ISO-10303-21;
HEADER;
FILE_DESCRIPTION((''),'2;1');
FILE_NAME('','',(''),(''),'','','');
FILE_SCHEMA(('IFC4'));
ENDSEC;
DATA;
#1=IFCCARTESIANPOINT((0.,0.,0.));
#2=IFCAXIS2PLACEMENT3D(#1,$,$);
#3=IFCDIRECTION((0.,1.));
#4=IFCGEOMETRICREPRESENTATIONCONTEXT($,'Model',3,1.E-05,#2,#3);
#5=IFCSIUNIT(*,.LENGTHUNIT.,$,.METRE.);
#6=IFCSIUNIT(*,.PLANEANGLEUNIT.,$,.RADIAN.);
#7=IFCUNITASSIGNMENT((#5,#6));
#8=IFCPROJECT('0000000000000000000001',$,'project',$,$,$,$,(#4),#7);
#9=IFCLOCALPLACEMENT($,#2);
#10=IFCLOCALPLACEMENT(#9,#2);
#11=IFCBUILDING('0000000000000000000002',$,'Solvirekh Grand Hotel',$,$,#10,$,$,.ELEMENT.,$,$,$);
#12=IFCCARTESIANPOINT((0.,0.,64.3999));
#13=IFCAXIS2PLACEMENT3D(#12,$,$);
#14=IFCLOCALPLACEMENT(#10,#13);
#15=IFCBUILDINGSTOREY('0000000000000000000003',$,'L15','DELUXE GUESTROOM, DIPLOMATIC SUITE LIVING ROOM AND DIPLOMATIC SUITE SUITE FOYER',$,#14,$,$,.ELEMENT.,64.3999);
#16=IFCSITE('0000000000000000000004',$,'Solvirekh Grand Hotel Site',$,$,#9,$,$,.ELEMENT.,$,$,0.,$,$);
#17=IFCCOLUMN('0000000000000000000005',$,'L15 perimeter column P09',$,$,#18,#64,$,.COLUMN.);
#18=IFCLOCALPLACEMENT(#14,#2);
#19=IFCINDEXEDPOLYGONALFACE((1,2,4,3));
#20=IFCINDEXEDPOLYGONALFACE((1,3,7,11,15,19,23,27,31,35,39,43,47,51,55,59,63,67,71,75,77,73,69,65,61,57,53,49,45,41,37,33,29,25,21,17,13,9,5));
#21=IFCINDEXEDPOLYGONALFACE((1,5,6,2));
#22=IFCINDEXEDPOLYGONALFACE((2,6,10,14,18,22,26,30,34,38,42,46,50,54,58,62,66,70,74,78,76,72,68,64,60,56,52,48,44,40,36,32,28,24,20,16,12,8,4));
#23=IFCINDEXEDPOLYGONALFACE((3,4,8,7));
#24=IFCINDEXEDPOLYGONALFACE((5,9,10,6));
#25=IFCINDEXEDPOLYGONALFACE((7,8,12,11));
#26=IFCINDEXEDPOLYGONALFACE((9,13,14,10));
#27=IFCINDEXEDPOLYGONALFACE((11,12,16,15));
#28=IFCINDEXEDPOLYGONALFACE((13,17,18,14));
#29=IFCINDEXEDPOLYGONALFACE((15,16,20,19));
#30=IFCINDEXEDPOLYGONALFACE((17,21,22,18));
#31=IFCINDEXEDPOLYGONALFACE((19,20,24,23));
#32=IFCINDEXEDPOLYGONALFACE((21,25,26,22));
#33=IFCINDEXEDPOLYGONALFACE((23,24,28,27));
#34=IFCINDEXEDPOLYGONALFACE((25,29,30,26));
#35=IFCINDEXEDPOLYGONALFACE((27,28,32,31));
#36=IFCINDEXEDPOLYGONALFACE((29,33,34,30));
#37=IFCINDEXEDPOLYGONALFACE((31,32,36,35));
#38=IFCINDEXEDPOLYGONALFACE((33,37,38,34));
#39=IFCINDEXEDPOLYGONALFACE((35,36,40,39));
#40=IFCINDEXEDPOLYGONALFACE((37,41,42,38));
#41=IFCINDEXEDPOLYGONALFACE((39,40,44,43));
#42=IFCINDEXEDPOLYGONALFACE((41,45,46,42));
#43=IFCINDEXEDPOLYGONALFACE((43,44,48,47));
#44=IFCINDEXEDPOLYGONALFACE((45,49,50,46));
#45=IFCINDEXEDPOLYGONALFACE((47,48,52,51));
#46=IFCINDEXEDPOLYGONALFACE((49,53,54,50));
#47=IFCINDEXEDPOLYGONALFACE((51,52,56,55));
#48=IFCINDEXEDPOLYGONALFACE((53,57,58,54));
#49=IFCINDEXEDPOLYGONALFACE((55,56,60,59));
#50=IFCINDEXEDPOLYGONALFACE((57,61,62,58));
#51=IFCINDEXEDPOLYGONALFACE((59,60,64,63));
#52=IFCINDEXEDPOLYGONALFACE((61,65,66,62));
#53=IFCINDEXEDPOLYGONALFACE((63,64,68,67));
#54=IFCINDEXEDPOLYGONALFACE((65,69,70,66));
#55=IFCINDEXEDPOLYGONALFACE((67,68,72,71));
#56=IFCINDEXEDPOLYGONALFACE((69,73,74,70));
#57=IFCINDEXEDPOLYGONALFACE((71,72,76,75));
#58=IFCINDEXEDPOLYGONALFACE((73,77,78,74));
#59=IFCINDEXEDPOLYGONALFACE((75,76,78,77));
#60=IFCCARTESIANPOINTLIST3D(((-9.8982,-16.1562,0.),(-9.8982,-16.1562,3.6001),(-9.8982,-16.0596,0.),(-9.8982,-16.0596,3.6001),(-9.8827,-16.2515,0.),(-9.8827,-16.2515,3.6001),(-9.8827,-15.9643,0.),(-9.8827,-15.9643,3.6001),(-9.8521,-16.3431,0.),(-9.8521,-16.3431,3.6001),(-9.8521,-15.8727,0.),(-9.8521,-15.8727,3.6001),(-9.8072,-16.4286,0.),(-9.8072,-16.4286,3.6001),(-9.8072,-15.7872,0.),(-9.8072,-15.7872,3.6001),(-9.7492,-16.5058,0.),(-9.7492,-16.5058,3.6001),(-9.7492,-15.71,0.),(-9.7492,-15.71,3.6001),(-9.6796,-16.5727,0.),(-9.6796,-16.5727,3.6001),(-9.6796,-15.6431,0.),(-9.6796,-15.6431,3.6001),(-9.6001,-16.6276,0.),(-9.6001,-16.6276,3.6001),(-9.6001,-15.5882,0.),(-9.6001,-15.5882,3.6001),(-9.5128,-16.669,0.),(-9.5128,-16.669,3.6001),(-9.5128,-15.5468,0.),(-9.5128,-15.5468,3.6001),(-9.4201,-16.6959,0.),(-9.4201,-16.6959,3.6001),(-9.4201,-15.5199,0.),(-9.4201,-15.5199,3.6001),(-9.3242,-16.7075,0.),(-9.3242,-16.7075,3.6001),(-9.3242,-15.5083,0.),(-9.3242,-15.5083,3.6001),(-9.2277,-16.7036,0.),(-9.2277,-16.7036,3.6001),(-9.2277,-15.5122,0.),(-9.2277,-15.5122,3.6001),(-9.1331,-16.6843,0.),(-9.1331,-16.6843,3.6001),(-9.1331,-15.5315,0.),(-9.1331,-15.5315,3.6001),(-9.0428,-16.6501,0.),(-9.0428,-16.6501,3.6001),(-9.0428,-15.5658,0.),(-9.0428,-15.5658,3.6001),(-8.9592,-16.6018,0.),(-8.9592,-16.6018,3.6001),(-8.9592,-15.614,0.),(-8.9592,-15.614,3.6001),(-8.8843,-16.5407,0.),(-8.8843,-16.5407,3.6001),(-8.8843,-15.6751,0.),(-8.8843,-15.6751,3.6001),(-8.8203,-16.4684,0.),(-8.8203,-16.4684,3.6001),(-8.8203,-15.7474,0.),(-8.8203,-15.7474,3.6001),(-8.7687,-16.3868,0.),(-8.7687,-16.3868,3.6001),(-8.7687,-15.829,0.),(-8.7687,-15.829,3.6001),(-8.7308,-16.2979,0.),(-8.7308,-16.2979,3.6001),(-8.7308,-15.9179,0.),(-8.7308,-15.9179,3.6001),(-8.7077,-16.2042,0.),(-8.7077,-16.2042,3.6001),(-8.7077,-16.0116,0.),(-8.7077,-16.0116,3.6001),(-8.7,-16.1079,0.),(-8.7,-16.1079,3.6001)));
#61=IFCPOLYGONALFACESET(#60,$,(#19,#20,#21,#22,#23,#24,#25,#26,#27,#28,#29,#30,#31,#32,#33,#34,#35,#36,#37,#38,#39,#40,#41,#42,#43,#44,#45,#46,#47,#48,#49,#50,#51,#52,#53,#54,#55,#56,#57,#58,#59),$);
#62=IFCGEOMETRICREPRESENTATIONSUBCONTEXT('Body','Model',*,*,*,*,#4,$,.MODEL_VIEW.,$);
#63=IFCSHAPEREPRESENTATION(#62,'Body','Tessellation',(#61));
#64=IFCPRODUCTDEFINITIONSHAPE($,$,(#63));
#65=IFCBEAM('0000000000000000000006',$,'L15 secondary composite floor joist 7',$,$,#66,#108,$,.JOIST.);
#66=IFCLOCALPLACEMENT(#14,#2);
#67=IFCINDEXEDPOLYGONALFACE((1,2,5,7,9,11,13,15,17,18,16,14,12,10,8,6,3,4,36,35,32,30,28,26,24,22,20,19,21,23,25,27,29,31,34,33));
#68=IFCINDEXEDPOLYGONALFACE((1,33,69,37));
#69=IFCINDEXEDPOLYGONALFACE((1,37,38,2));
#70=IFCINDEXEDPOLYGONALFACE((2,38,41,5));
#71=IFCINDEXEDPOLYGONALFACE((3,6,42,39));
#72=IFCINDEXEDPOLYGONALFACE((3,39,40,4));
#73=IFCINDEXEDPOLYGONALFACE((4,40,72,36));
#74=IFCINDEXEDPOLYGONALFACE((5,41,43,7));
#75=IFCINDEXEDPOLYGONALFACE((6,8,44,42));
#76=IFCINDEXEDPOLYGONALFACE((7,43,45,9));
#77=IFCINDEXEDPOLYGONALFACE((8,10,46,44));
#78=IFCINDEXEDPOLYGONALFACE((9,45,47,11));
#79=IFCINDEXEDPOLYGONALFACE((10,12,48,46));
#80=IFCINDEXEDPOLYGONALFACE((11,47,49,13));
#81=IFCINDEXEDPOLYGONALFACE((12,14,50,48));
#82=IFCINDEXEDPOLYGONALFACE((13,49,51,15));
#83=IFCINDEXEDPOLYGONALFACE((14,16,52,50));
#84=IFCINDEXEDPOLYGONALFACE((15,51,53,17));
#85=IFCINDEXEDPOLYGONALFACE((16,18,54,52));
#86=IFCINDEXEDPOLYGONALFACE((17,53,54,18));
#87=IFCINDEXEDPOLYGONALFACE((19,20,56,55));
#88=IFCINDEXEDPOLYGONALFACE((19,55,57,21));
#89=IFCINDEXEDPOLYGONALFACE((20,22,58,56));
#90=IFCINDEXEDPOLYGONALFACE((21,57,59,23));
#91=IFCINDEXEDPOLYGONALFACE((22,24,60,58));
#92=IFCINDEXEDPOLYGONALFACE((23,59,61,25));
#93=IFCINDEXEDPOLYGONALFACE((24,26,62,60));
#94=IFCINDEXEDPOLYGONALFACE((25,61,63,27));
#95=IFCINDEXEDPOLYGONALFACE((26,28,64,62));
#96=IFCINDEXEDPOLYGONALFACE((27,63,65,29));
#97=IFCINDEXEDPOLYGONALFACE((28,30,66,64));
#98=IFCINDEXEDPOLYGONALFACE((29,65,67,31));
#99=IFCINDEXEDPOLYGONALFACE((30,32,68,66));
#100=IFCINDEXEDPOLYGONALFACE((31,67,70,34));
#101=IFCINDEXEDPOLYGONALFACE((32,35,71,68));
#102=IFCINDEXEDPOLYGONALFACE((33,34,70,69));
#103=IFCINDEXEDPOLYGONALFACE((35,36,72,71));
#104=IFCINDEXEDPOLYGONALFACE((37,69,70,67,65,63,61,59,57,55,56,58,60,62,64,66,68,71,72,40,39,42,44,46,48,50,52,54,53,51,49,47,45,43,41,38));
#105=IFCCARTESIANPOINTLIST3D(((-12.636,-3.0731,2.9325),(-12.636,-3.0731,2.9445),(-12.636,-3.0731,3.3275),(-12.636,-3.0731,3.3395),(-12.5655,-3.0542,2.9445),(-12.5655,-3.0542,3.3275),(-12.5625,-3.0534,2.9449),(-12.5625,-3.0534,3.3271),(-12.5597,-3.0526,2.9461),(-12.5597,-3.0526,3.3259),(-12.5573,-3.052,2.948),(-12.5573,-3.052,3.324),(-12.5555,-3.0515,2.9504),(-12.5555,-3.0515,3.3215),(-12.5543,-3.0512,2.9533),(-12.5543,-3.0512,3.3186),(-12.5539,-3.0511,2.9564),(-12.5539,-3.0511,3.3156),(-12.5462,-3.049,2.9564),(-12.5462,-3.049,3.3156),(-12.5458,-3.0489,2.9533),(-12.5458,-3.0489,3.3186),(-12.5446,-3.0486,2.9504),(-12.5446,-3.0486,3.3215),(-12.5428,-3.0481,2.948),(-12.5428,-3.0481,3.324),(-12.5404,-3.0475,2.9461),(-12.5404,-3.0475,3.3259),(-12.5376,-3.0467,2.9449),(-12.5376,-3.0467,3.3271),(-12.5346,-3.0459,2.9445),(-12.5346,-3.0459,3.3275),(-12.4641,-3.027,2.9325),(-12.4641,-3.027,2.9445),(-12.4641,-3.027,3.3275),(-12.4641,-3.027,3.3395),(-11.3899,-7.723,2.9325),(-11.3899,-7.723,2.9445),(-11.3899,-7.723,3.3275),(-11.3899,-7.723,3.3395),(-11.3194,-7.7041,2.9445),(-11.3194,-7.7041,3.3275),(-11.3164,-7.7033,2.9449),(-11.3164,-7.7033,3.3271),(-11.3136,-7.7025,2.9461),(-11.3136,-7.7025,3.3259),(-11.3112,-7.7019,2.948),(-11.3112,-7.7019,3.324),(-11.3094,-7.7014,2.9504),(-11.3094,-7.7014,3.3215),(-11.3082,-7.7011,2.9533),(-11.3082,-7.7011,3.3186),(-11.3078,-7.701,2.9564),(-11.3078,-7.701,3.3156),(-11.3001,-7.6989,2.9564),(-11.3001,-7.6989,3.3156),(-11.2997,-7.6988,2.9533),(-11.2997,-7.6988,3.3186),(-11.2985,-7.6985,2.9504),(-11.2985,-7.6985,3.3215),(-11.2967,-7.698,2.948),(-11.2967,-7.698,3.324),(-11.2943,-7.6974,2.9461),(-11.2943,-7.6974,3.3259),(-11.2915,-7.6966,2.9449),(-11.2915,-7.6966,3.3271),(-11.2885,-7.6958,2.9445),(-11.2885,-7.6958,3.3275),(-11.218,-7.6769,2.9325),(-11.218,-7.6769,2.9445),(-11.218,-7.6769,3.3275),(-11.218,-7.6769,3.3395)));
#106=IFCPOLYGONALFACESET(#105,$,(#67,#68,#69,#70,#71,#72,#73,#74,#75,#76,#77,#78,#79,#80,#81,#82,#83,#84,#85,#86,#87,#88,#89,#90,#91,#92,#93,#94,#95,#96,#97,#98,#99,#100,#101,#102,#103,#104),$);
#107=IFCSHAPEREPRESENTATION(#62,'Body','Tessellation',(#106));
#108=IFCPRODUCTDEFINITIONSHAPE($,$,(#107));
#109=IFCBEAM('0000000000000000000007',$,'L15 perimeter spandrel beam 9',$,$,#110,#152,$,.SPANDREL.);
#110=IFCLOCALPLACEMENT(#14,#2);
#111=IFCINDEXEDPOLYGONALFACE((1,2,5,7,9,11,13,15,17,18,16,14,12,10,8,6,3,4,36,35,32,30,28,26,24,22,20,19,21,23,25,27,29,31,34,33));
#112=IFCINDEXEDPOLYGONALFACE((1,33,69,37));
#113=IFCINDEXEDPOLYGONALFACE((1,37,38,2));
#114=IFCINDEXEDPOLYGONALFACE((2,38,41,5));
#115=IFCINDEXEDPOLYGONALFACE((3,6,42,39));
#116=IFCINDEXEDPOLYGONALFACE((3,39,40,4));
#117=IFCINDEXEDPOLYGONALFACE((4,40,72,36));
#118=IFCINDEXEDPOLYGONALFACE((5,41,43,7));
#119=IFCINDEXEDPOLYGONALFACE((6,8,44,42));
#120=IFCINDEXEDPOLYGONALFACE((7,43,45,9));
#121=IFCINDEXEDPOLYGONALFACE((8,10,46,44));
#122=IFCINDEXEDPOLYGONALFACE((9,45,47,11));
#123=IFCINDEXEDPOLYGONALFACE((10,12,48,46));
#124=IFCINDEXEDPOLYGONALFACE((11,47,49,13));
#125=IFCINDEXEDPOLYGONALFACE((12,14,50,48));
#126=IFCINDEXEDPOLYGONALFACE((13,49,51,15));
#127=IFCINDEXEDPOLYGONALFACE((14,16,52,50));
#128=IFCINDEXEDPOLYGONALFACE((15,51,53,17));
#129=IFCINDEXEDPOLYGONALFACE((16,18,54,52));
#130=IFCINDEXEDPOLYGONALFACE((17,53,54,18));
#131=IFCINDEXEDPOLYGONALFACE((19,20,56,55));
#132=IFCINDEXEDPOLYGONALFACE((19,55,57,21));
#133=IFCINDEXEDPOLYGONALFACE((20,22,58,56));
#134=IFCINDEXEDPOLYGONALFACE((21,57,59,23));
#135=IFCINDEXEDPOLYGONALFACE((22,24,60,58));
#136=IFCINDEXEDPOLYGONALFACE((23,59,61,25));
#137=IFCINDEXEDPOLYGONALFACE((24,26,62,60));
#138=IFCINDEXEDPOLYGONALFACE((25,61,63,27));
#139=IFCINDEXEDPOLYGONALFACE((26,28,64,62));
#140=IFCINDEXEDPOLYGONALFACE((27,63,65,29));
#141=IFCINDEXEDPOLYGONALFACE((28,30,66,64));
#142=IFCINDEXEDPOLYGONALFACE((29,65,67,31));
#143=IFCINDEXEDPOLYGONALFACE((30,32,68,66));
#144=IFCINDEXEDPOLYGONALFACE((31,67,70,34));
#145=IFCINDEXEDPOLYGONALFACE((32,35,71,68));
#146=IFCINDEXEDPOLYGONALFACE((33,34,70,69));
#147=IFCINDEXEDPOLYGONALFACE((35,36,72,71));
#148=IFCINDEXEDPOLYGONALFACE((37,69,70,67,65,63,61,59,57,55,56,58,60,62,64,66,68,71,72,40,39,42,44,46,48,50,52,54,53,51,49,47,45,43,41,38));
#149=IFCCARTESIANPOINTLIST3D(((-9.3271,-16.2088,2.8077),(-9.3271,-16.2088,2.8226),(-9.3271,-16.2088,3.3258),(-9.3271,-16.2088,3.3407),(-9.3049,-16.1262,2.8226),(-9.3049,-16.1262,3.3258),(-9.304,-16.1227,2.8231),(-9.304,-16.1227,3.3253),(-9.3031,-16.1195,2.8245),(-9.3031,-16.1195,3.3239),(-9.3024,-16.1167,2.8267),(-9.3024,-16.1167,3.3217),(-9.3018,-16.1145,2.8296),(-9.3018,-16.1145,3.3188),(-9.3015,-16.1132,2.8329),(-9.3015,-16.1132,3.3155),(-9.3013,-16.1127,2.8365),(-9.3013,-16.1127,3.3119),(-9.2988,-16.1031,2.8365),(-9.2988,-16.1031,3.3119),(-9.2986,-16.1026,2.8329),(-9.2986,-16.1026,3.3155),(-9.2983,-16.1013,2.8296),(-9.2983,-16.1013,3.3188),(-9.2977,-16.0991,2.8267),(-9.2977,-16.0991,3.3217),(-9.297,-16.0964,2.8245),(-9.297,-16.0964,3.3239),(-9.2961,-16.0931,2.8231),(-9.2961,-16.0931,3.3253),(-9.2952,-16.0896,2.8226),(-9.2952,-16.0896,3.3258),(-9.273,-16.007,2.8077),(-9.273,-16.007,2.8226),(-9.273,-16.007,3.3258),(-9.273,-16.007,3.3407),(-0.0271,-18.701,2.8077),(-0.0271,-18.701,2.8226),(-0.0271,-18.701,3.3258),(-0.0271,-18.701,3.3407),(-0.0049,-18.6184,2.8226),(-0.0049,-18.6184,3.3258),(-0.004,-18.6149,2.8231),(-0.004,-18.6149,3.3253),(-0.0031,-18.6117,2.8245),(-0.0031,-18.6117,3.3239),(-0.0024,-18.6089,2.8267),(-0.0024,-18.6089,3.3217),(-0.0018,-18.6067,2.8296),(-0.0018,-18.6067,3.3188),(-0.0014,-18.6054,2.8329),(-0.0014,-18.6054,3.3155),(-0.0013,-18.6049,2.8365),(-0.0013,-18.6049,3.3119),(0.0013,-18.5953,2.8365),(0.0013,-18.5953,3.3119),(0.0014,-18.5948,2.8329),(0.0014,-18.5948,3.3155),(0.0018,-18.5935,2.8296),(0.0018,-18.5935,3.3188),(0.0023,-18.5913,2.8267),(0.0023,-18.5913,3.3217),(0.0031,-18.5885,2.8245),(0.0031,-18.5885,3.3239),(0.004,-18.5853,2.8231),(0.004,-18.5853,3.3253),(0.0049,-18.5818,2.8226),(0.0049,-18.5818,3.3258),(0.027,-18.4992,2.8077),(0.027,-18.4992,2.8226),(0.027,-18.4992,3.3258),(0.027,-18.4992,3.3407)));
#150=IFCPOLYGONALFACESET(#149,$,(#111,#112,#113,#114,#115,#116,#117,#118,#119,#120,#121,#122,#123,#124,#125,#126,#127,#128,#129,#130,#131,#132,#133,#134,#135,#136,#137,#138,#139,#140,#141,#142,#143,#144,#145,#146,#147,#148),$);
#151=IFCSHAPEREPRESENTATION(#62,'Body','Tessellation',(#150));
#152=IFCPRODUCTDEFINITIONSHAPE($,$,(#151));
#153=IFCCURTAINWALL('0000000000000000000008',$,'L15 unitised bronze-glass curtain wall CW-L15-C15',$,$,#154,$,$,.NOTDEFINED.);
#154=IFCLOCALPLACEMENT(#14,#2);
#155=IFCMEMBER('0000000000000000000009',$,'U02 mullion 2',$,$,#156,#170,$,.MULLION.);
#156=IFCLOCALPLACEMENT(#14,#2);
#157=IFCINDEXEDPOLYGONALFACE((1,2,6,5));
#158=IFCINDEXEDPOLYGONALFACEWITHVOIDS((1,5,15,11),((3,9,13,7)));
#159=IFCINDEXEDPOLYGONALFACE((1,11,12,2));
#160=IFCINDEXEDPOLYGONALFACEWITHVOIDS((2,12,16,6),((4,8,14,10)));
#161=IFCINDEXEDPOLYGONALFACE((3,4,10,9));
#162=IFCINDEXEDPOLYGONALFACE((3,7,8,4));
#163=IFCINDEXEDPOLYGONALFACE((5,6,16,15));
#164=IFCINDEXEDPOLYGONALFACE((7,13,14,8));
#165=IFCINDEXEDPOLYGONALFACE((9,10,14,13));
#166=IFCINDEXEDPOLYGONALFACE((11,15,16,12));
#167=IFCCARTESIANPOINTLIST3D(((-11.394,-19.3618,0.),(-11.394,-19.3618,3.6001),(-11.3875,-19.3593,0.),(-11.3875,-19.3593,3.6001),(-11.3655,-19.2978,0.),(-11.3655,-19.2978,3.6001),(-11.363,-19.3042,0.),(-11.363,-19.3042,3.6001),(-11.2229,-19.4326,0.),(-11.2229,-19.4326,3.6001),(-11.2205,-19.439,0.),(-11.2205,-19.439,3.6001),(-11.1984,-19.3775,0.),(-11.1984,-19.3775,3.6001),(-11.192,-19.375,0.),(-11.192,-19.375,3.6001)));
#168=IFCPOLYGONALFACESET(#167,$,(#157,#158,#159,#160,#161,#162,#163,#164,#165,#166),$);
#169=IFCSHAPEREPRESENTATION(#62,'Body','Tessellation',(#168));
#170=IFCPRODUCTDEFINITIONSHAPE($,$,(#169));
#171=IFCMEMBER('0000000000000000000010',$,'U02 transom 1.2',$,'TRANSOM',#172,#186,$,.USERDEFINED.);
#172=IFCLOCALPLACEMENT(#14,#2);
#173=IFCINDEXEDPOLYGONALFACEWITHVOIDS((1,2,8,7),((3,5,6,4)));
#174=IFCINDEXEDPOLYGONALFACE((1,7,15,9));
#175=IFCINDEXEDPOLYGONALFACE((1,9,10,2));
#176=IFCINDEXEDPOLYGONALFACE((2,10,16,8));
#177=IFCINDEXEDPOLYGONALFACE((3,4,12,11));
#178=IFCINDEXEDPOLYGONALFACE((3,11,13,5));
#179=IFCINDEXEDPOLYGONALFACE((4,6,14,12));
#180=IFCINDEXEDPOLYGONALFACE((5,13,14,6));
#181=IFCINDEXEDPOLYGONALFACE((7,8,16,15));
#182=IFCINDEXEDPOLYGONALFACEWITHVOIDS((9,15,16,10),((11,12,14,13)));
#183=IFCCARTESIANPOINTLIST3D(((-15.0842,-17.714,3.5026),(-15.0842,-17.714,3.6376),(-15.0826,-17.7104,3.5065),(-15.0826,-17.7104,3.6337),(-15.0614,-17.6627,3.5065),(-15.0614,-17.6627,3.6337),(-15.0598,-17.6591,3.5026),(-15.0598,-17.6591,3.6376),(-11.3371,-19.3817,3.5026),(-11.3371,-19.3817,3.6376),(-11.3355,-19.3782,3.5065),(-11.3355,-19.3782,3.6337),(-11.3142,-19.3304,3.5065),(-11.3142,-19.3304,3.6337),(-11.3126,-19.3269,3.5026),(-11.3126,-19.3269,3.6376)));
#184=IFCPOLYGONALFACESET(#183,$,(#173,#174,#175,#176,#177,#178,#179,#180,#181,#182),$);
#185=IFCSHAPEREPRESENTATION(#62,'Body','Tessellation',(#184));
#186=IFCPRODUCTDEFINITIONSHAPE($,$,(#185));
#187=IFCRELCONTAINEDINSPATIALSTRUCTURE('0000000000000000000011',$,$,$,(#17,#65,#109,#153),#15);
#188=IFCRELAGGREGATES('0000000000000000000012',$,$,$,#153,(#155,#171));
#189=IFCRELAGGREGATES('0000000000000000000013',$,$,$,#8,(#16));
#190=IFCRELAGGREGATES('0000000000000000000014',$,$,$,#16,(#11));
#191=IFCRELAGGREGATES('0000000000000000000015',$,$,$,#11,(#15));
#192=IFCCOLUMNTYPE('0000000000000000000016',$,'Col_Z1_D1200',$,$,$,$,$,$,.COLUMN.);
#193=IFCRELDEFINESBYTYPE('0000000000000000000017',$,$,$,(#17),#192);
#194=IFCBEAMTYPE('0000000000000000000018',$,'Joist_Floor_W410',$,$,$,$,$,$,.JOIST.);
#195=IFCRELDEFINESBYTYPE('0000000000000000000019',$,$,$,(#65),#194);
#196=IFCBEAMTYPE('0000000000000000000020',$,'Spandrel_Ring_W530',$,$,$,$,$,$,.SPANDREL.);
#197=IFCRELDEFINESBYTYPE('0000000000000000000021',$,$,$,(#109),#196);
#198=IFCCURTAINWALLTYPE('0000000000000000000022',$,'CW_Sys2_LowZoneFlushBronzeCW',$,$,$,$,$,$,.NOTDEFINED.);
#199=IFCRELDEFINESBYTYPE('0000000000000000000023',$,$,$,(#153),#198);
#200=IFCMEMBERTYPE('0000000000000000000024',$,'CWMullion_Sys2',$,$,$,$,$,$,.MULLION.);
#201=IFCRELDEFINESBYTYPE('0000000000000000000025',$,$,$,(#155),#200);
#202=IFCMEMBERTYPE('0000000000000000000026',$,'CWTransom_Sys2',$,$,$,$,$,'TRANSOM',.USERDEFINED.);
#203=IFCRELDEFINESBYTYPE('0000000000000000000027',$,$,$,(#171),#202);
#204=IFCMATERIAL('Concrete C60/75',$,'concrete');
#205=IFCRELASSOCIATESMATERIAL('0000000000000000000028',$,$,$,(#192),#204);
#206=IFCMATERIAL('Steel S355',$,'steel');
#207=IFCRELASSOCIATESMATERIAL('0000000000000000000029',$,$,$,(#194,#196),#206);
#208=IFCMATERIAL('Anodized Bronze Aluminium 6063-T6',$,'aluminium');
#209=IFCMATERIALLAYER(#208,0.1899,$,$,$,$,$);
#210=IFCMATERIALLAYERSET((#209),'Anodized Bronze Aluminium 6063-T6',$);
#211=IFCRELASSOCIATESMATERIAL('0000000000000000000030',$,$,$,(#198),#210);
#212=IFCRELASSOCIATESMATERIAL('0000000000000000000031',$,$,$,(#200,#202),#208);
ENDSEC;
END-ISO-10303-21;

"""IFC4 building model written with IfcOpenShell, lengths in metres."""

from ifc_helpers import new_model, si_unit, direction, frame, origin, origin_2d, place, context, subcontext, project, spatial, hollow_rectangle, circle, i_section, extrude, source, transform, mapped, material, layer, layer_set, material_profile, profile_set, type_object, element, aggregate, save


model = new_model("IFC4")

# Units and contexts
model_context = context("Model", 3, precision=1e-05, world=origin(), true_north=direction((0.0, 1.0)))
body_context = subcontext(model_context, "Body", "Model", "MODEL_VIEW")
ifc_project = project(units=[si_unit("LENGTHUNIT", "METRE"), si_unit("PLANEANGLEUNIT", "RADIAN")], contexts=[model_context])

# Site, building, storey
site_placement = place(None, origin())
site = spatial("IfcSite", under=ifc_project, at=site_placement, Name="Solvirekh Grand Hotel Site", CompositionType="ELEMENT", RefElevation=0.0)
building_placement = place(site_placement, origin())
building = spatial("IfcBuilding", under=site, at=building_placement, Name="Solvirekh Grand Hotel", CompositionType="ELEMENT")
storey_placement = place(building_placement, frame((0.0, 0.0, 64.3999)))
storey = spatial("IfcBuildingStorey", under=building, at=storey_placement, Name="L15", Description="DELUXE GUESTROOM, DIPLOMATIC SUITE LIVING ROOM AND DIPLOMATIC SUITE SUITE FOYER", CompositionType="ELEMENT", Elevation=64.3999)

# Column
ifc_material_1 = material(Name="Concrete C60/75", Category="concrete")
ifc_material_profile_1 = material_profile(ifc_material_1, circle(Radius=0.6001, at=origin_2d()), Name="RC CIRC D1200")
ifc_profile_set_1 = profile_set([ifc_material_profile_1], Name="Concrete C60/75")
column_type = type_object("IfcColumnType", Name="Col_Z1_D1200", PredefinedType="COLUMN", material=ifc_profile_set_1)
column_placement = place(storey_placement, frame((-9.3, -16.1079, 0.0), z_axis=(0.0, 0.0, 1.0), x_axis=(1.0, 0.0, 0.0)))
element("IfcColumn", 1, at=column_placement, inside=storey, type_object=column_type, Name="L15 perimeter column P09", PredefinedType="COLUMN", context=body_context, shape_type="SweptSolid", body=[
    extrude(circle(Radius=0.6001, at=origin_2d()), origin(), (0.0, 0.0, 1.0), 3.6001),
])

# Beams
ifc_material_2 = material(Name="Steel S355", Category="steel")
ifc_material_profile_2 = material_profile(ifc_material_2, i_section(OverallWidth=0.178, OverallDepth=0.407, WebThickness=0.0081, FlangeThickness=0.012, FilletRadius=0.012, at=origin_2d()), Name="W410X60")
ifc_profile_set_2 = profile_set([ifc_material_profile_2], Name="Steel S355")
beam_type_1 = type_object("IfcBeamType", Name="Joist_Floor_W410", PredefinedType="JOIST", material=ifc_profile_set_2)
beam_1_placement = place(storey_placement, frame((-12.55, -3.05, 3.136), z_axis=(0.258849, -0.965918, 0.0), x_axis=(0.965918, 0.258849, 0.0)))
element("IfcBeam", 2, at=beam_1_placement, inside=storey, type_object=beam_type_1, Name="L15 secondary composite floor joist 7", PredefinedType="JOIST", context=body_context, shape_type="SweptSolid", body=[
    extrude(i_section(OverallWidth=0.178, OverallDepth=0.407, WebThickness=0.0081, FlangeThickness=0.012, FilletRadius=0.012, at=origin_2d()), origin(), (0.0, 0.0, 1.0), 4.814),
])
ifc_material_profile_3 = material_profile(ifc_material_2, i_section(OverallWidth=0.209, OverallDepth=0.533, WebThickness=0.01, FlangeThickness=0.0149, FilletRadius=0.0139, at=origin_2d()), Name="W530X92")
ifc_profile_set_3 = profile_set([ifc_material_profile_3], Name="Steel S355")
beam_type_2 = type_object("IfcBeamType", Name="Spandrel_Ring_W530", PredefinedType="SPANDREL", material=ifc_profile_set_3)
beam_2_placement = place(storey_placement, frame((-9.3, -16.1079, 3.0742), z_axis=(0.965919, -0.258843, 0.0), x_axis=(0.258843, 0.965919, 0.0)))
element("IfcBeam", 3, at=beam_2_placement, inside=storey, type_object=beam_type_2, Name="L15 perimeter spandrel beam 9", PredefinedType="SPANDREL", context=body_context, shape_type="SweptSolid", body=[
    extrude(i_section(OverallWidth=0.209, OverallDepth=0.533, WebThickness=0.01, FlangeThickness=0.0149, FilletRadius=0.0139, at=origin_2d()), origin(), (0.0, 0.0, 1.0), 9.6282),
])

# Curtain wall, members
ifc_material_3 = material(Name="Anodized Bronze Aluminium 6063-T6", Category="aluminium")
ifc_layer_1 = layer(ifc_material_3, 0.1899)
ifc_layer_set_1 = layer_set([ifc_layer_1], Name="Anodized Bronze Aluminium 6063-T6")
curtain_wall_type = type_object("IfcCurtainWallType", Name="CW_Sys2_LowZoneFlushBronzeCW", PredefinedType="NOTDEFINED", material=ifc_layer_set_1)
curtain_wall_placement = place(storey_placement, origin())
curtain_wall = element("IfcCurtainWall", 4, at=curtain_wall_placement, inside=storey, type_object=curtain_wall_type, Name="L15 unitised bronze-glass curtain wall CW-L15-C15", PredefinedType="NOTDEFINED")
ifc_material_profile_4 = material_profile(ifc_material_3, hollow_rectangle(XDim=0.0701, YDim=0.1899, WallThickness=0.0049, at=origin_2d()), Name="ALU RHS 190X70X5")
ifc_profile_set_4 = profile_set([ifc_material_profile_4], Name="Anodized Bronze Aluminium 6063-T6")
member_type_1 = type_object("IfcMemberType", Name="CWMullion_Sys2", PredefinedType="MULLION", material=ifc_profile_set_4)
shared_shape_1 = source(origin(), body_context, "Body", "SweptSolid", [
    extrude(hollow_rectangle(XDim=0.0701, YDim=0.1899, WallThickness=0.0049, at=origin_2d()), origin(), (0.0, 0.0, 1.0), 3.6001),
])
member_1_placement = place(storey_placement, frame((-11.293, -19.3684, 0.0), z_axis=(0.0, 0.0, 1.0), x_axis=(0.406635, 0.913591, 0.0)))
member_1 = element("IfcMember", 5, at=member_1_placement, type_object=member_type_1, Name="U02 mullion 2", PredefinedType="MULLION", context=body_context, shape_type="MappedRepresentation", body=[
    mapped(shared_shape_1, transform((0.0, 0.0, 0.0), x_axis=(1.0, 0.0, 0.0), y_axis=(0.0, 1.0, 0.0), z_axis=(0.0, 0.0, 1.0), scale=1.0)),
])
ifc_material_profile_5 = material_profile(ifc_material_3, hollow_rectangle(XDim=0.0601, YDim=0.135, WallThickness=0.0039, at=origin_2d()), Name="ALU RHS 135X60X4")
ifc_profile_set_5 = profile_set([ifc_material_profile_5], Name="Anodized Bronze Aluminium 6063-T6")
member_type_2 = type_object("IfcMemberType", Name="CWTransom_Sys2", ElementType="TRANSOM", PredefinedType="USERDEFINED", material=ifc_profile_set_5)
shared_shape_2 = source(origin(), body_context, "Body", "SweptSolid", [
    extrude(hollow_rectangle(XDim=0.0601, YDim=0.135, WallThickness=0.0039, at=origin_2d()), origin(), (0.0, 0.0, 1.0), 4.1016),
])
member_2_placement = place(storey_placement, frame((-15.072, -17.6865, 3.5701), z_axis=(0.913598, -0.406619, 0.0), x_axis=(0.406619, 0.913598, 0.0)))
member_2 = element("IfcMember", 6, at=member_2_placement, type_object=member_type_2, Name="U02 transom 1.2", ObjectType="TRANSOM", PredefinedType="USERDEFINED", context=body_context, shape_type="MappedRepresentation", body=[
    mapped(shared_shape_2, transform((0.0, 0.0, 0.0), x_axis=(1.0, 0.0, 0.0), y_axis=(0.0, 1.0, 0.0), z_axis=(0.0, 0.0, 1.0), scale=1.0)),
])
aggregate(curtain_wall, [member_1, member_2])

save(model, "model.ifc")
